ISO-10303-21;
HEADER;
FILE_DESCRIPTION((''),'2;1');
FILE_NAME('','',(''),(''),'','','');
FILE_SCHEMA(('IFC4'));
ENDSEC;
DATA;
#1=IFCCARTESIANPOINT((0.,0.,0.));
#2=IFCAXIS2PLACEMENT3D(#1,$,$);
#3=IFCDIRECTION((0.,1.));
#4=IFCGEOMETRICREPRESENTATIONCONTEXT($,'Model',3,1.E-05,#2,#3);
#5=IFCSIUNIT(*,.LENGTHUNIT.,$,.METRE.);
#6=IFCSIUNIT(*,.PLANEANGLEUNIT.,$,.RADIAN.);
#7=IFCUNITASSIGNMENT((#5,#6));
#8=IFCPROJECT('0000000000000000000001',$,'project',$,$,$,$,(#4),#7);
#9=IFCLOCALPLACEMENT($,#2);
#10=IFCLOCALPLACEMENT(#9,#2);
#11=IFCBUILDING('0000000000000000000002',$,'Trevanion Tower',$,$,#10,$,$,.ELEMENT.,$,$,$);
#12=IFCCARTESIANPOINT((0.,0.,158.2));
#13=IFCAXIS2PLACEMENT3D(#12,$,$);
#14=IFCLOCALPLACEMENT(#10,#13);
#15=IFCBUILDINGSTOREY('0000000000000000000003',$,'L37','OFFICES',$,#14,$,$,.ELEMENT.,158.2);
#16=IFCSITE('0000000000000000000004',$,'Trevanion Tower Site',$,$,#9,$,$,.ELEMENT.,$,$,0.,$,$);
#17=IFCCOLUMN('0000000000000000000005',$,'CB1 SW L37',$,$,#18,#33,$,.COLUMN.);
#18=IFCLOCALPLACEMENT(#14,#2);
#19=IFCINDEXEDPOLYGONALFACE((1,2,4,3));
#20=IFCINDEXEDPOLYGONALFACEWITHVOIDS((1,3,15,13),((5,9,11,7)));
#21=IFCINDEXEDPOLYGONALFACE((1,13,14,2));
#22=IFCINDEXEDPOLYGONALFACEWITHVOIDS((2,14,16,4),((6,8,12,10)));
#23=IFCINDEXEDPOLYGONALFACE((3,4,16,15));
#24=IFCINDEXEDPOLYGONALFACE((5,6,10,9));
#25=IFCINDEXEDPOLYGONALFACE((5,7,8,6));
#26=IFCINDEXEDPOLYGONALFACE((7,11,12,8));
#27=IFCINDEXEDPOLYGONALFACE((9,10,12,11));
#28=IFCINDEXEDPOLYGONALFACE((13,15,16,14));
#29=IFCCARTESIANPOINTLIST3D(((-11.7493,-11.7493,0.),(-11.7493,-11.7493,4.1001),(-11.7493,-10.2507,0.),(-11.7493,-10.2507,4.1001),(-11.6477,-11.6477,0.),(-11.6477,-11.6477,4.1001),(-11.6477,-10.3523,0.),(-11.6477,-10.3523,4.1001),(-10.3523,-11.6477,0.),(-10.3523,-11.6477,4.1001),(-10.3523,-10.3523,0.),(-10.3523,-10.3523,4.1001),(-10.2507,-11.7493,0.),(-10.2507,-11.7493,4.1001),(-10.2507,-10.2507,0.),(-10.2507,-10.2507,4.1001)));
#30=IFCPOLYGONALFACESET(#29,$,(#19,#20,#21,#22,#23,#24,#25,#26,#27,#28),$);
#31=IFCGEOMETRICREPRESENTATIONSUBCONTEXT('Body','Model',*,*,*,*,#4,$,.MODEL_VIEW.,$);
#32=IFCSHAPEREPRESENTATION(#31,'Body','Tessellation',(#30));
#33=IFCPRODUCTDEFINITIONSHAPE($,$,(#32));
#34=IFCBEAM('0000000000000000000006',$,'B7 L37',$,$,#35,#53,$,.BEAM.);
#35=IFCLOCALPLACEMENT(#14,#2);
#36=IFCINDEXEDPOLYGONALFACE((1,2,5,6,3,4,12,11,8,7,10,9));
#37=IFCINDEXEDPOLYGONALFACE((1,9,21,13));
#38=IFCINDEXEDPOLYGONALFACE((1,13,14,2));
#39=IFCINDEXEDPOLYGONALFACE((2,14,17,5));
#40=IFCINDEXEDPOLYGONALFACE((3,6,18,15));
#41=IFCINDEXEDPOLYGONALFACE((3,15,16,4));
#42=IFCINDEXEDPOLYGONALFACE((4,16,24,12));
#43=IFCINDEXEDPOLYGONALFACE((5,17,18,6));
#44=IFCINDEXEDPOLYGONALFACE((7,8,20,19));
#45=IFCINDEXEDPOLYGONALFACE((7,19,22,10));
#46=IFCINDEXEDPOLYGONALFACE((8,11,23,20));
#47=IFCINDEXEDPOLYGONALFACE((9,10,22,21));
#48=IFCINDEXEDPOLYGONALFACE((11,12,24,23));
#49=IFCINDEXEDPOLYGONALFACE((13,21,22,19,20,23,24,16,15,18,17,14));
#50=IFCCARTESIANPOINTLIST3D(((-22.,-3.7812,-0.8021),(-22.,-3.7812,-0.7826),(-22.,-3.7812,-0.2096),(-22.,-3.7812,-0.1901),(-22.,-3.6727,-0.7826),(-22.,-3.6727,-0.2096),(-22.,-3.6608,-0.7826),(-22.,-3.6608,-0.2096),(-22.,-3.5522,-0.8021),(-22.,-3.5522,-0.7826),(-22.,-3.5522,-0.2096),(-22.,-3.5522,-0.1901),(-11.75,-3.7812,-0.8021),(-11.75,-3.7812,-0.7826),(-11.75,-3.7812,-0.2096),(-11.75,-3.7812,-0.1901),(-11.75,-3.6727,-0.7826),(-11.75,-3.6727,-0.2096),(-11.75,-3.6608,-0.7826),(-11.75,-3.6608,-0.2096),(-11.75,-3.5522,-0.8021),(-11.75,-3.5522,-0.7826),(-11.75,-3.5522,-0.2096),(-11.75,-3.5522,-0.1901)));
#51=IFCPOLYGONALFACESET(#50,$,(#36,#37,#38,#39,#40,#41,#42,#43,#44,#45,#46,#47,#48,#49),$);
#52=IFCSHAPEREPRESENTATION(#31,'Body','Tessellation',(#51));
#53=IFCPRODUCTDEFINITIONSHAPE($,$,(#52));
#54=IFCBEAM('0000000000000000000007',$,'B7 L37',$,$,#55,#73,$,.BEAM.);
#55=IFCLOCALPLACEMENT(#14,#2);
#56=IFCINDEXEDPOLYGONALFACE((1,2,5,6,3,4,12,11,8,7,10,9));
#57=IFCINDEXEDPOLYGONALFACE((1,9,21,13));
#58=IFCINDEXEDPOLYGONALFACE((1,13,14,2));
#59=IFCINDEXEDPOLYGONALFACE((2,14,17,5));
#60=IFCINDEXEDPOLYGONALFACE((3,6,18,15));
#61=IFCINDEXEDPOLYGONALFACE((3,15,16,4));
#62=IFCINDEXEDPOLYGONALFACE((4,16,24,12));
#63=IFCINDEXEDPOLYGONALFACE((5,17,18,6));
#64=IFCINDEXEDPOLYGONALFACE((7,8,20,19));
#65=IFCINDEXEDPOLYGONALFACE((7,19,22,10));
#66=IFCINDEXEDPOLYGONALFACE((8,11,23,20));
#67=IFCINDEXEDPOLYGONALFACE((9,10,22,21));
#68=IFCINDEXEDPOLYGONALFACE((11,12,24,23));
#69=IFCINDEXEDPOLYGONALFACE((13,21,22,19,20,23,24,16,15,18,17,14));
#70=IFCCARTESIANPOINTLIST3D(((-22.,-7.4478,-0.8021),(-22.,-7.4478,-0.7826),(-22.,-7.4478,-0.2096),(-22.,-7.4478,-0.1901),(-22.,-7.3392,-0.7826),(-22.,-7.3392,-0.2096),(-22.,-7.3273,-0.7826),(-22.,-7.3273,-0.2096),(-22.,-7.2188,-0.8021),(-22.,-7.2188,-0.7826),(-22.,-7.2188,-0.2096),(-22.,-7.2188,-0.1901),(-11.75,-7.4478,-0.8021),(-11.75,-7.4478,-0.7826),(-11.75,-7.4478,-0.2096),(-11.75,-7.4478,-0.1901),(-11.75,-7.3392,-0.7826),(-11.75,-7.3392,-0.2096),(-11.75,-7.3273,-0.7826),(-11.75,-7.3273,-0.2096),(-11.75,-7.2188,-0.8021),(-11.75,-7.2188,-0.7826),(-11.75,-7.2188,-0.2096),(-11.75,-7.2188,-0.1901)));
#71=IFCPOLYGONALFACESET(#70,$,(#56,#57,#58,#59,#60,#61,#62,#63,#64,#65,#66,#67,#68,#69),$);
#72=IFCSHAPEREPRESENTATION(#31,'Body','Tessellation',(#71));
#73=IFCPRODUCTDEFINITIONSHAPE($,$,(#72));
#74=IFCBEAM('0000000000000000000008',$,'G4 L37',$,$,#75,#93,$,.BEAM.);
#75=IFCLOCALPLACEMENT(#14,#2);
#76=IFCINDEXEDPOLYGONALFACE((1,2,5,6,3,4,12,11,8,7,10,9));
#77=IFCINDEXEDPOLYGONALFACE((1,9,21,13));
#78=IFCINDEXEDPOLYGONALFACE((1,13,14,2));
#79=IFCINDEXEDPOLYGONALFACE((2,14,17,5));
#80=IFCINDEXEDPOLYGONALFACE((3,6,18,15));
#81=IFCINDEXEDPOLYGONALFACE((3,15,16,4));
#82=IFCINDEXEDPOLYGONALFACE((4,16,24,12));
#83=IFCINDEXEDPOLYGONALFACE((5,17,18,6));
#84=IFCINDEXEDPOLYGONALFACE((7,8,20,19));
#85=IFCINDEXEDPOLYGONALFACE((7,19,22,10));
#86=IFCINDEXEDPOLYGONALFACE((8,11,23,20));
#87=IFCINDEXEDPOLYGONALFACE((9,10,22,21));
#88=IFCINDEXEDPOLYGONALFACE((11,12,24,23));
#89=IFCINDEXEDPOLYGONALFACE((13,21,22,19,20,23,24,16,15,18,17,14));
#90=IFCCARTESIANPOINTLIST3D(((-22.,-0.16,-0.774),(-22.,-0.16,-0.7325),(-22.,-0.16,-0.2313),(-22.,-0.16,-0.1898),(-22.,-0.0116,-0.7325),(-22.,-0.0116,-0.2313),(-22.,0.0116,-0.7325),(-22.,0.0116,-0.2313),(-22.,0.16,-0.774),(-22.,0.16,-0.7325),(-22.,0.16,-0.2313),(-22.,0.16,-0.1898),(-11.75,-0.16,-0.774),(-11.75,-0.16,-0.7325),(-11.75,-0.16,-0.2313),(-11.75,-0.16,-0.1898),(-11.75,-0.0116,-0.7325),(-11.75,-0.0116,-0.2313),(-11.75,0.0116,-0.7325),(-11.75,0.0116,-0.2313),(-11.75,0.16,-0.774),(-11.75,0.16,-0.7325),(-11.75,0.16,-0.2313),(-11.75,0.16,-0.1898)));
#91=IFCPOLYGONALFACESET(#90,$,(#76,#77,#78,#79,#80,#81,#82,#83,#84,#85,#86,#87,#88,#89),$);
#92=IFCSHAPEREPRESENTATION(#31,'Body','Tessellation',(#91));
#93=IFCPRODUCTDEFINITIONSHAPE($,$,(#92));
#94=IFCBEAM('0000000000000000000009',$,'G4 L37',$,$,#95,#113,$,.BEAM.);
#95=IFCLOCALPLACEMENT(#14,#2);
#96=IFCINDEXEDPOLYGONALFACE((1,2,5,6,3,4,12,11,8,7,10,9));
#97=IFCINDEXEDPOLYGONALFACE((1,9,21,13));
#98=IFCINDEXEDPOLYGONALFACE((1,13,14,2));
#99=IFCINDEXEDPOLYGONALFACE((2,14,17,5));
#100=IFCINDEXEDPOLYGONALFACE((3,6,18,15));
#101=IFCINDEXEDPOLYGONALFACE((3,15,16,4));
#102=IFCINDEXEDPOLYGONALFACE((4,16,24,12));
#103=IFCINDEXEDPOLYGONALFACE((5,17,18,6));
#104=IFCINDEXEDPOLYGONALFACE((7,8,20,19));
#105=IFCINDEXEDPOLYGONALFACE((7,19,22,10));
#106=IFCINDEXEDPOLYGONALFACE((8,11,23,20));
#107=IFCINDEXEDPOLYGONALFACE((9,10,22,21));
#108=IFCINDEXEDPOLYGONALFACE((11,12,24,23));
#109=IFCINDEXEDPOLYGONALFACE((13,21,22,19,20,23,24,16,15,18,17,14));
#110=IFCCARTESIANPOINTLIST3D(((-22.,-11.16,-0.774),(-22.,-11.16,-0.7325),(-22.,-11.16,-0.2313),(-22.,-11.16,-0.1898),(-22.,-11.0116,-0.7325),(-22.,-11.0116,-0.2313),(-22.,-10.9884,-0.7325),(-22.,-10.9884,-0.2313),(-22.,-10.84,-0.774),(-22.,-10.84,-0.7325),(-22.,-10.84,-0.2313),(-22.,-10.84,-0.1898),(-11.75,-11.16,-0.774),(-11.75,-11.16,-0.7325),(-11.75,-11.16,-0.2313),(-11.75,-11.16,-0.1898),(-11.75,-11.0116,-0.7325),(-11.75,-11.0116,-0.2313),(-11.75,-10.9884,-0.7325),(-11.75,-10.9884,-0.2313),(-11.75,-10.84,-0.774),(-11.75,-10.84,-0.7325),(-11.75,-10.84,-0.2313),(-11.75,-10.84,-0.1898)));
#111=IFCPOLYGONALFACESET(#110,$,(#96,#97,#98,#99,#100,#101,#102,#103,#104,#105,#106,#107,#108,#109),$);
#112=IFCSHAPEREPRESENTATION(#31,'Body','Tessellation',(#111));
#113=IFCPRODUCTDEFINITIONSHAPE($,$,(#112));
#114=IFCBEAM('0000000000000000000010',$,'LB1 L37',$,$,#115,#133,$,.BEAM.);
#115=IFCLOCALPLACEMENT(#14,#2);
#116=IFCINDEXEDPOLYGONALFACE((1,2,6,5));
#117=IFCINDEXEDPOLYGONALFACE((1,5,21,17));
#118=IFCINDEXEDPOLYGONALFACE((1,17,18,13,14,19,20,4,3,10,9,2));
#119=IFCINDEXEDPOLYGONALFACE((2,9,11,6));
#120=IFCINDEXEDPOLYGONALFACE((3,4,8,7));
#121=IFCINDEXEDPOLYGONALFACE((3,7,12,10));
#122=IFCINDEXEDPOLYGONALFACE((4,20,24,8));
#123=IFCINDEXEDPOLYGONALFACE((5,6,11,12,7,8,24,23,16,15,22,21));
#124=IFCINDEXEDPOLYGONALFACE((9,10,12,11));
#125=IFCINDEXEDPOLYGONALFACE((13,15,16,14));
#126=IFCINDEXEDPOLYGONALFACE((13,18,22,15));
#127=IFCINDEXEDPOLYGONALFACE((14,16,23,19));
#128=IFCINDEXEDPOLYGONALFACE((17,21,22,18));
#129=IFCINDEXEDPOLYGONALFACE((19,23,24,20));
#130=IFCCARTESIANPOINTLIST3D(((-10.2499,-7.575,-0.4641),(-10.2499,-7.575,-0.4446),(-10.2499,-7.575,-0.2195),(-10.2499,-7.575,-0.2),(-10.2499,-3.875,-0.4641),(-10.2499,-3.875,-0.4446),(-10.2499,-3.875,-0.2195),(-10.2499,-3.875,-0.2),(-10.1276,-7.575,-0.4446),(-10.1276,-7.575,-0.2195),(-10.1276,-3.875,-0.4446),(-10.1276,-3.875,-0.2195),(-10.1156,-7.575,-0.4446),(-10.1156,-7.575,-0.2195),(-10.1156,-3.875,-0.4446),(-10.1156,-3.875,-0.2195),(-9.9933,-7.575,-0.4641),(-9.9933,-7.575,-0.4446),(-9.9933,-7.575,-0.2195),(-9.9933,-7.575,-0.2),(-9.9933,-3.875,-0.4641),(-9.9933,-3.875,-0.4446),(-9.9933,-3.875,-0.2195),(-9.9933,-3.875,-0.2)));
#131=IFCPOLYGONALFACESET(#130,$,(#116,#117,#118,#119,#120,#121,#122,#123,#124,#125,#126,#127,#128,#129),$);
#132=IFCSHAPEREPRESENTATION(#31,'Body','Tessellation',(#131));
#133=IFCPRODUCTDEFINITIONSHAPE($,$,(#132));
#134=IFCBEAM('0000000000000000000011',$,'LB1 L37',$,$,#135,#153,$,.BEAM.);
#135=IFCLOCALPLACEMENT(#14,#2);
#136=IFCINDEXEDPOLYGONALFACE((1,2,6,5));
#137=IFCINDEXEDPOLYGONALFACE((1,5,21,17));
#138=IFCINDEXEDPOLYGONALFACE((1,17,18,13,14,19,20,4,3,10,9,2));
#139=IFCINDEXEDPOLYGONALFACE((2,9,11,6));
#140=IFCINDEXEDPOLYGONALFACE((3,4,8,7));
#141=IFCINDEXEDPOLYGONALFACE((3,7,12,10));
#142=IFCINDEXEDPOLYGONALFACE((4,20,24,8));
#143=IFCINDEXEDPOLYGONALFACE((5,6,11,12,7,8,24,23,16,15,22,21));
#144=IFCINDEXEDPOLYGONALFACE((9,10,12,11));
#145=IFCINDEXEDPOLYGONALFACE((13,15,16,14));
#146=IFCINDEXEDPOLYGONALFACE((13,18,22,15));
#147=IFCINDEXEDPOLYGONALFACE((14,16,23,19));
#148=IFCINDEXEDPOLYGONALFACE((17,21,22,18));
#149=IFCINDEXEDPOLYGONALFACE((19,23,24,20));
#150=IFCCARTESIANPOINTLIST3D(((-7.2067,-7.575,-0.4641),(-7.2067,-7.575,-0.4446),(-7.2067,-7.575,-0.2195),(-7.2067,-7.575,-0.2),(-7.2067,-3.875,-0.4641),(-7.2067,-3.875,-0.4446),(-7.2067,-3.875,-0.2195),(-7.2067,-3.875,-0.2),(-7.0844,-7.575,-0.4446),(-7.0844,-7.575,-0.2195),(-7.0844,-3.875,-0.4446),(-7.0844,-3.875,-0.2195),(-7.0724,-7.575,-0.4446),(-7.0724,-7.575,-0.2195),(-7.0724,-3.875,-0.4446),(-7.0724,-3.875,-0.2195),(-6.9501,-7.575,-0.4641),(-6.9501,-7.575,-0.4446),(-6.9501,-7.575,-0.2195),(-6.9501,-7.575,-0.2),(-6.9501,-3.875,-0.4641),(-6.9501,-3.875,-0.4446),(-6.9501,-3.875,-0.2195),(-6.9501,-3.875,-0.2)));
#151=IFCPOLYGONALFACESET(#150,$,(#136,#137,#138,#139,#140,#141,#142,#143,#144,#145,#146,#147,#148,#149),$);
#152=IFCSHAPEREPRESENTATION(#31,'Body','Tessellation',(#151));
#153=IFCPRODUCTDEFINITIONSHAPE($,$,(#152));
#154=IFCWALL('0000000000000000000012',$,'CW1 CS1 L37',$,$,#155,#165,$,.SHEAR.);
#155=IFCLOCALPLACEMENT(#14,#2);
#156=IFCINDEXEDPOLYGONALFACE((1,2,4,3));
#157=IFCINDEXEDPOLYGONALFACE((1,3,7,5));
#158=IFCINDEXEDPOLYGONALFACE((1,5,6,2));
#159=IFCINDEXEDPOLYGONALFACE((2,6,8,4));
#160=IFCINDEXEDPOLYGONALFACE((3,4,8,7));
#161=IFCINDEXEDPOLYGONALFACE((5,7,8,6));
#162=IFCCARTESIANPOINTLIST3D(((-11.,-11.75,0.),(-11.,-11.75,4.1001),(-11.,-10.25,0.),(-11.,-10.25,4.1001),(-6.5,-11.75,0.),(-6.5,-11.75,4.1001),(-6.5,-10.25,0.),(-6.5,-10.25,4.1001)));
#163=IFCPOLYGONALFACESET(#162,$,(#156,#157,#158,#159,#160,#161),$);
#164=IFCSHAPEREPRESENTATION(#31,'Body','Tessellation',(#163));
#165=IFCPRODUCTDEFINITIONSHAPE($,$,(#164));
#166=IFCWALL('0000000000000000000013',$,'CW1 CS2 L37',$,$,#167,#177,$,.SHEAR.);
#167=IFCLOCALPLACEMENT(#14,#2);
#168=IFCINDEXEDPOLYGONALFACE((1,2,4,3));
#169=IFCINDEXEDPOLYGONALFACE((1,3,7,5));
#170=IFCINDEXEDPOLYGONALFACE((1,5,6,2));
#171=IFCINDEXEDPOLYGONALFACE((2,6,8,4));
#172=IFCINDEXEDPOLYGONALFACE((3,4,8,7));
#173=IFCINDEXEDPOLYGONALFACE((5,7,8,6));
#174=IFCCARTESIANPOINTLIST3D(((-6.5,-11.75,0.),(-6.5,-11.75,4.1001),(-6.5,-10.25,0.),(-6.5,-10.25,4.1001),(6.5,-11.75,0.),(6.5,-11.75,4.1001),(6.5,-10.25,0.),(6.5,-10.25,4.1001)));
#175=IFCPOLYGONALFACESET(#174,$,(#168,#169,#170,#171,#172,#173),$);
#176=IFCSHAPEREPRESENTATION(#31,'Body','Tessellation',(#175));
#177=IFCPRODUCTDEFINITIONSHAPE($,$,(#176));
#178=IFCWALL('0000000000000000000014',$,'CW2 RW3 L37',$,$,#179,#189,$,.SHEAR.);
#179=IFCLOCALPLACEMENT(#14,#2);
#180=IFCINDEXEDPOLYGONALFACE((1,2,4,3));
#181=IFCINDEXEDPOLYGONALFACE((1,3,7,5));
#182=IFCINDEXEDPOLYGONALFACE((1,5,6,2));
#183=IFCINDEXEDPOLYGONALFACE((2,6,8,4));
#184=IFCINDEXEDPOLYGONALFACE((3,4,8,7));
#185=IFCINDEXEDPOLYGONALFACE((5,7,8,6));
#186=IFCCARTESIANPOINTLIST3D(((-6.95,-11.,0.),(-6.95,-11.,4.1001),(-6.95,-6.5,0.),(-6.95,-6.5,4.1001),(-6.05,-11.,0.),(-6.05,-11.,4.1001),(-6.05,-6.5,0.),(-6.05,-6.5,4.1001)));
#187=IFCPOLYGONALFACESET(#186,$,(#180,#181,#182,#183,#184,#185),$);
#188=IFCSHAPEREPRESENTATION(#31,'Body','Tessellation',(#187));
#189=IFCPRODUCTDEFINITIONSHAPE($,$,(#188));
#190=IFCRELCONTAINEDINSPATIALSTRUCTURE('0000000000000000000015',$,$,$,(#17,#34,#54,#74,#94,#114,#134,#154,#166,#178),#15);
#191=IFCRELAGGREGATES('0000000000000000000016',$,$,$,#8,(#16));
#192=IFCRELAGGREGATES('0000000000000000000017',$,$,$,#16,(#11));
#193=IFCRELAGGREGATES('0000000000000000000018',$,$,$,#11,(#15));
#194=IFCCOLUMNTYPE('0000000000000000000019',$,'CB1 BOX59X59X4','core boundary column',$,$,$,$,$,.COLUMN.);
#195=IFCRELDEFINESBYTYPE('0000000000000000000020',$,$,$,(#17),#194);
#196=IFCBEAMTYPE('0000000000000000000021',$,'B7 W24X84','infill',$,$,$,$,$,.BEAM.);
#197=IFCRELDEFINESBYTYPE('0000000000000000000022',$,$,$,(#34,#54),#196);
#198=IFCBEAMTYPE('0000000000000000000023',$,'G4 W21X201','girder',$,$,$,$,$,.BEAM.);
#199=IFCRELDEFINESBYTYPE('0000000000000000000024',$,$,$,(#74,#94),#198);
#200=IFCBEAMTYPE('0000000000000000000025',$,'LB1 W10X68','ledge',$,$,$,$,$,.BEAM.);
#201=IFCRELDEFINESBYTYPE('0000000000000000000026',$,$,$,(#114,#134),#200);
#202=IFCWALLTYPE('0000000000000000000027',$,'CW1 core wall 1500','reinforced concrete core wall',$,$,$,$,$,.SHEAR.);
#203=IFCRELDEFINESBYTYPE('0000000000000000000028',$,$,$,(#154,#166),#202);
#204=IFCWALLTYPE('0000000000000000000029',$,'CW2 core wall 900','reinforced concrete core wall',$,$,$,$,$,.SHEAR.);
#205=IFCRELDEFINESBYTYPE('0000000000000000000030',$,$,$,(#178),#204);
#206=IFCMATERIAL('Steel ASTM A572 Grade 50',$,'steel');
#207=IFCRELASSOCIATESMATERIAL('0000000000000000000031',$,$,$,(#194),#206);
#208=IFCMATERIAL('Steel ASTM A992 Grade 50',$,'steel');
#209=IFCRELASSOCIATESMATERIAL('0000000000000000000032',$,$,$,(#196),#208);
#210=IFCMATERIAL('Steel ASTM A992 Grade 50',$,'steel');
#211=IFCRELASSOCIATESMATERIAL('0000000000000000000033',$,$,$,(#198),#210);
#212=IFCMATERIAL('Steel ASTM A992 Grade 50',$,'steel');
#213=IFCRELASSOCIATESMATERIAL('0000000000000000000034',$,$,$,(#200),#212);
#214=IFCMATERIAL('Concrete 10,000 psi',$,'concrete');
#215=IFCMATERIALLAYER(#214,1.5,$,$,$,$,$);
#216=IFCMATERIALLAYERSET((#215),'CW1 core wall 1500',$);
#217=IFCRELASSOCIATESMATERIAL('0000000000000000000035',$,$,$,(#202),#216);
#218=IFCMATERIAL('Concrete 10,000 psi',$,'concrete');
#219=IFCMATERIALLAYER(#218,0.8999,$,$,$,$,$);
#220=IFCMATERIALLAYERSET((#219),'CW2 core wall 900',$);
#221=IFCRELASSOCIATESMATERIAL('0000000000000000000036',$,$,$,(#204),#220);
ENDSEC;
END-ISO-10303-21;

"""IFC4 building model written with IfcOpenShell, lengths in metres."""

from ifc_helpers import new_model, si_unit, direction, frame, frame_2d, origin, origin_2d, place, context, subcontext, project, spatial, rectangle, hollow_rectangle, i_section, extrude, material, layer, layer_set, material_profile, profile_set, type_object, element, save


model = new_model("IFC4")

# Units and contexts
model_context = context("Model", 3, precision=1e-05, world=origin(), true_north=direction((0.0, 1.0)))
body_context = subcontext(model_context, "Body", "Model", "MODEL_VIEW")
ifc_project = project(units=[si_unit("LENGTHUNIT", "METRE"), si_unit("PLANEANGLEUNIT", "RADIAN")], contexts=[model_context])

# Site, building, storey
site_placement = place(None, origin())
site = spatial("IfcSite", under=ifc_project, at=site_placement, Name="Trevanion Tower Site", CompositionType="ELEMENT", RefElevation=0.0)
building_placement = place(site_placement, origin())
building = spatial("IfcBuilding", under=site, at=building_placement, Name="Trevanion Tower", CompositionType="ELEMENT")
storey_placement = place(building_placement, frame((0.0, 0.0, 158.2)))
storey = spatial("IfcBuildingStorey", under=building, at=storey_placement, Name="L37", Description="OFFICES", CompositionType="ELEMENT", Elevation=158.2)

# Column
ifc_material_1 = material(Name="Steel ASTM A572 Grade 50", Category="steel")
ifc_material_profile_1 = material_profile(ifc_material_1, hollow_rectangle(XDim=1.4985, YDim=1.4985, WallThickness=0.1016, at=origin_2d()), Name="BOX59X59X4")
ifc_profile_set_1 = profile_set([ifc_material_profile_1], Name="Steel ASTM A572 Grade 50")
column_type = type_object("IfcColumnType", Name="CB1 BOX59X59X4", Description="core boundary column", PredefinedType="COLUMN", material=ifc_profile_set_1)
column_placement = place(storey_placement, frame((-11.0, -11.0, 0.0), z_axis=(0.0, 0.0, 1.0), x_axis=(1.0, 0.0, 0.0)))
element("IfcColumn", 1, at=column_placement, inside=storey, type_object=column_type, Name="CB1 SW L37", PredefinedType="COLUMN", context=body_context, shape_type="SweptSolid", body=[
    extrude(hollow_rectangle(XDim=1.4985, YDim=1.4985, WallThickness=0.1016, at=origin_2d()), origin(), (0.0, 0.0, 1.0), 4.1001),
])

# Beams
ifc_material_2 = material(Name="Steel ASTM A992 Grade 50", Category="steel")
ifc_material_profile_2 = material_profile(ifc_material_2, i_section(OverallWidth=0.229, OverallDepth=0.6121, WebThickness=0.012, FlangeThickness=0.0195, at=origin_2d()), Name="W24X84")
ifc_profile_set_2 = profile_set([ifc_material_profile_2], Name="Steel ASTM A992 Grade 50")
beam_type_1 = type_object("IfcBeamType", Name="B7 W24X84", Description="infill", PredefinedType="BEAM", material=ifc_profile_set_2)
for number, where, z_axis, x_axis, name in (
    (2, (-11.75, -3.6667, -0.4961), (-1.0, 0.0, 0.0), (0.0, -1.0, 0.0), "B7 L37"),
    (3, (-11.75, -7.3333, -0.4961), (-1.0, 0.0, 0.0), (0.0, -1.0, 0.0), "B7 L37"),
):
    element("IfcBeam", number, at=place(storey_placement, frame(where, z_axis=z_axis, x_axis=x_axis)), inside=storey, type_object=beam_type_1, Name=name, PredefinedType="BEAM", context=body_context, shape_type="SweptSolid", body=[
        extrude(i_section(OverallWidth=0.229, OverallDepth=0.6121, WebThickness=0.012, FlangeThickness=0.0195, at=origin_2d()), origin(), (0.0, 0.0, 1.0), 10.25),
    ])
ifc_material_3 = material(Name="Steel ASTM A992 Grade 50", Category="steel")
ifc_material_profile_3 = material_profile(ifc_material_3, i_section(OverallWidth=0.3201, OverallDepth=0.5842, WebThickness=0.0232, FlangeThickness=0.0415, at=origin_2d()), Name="W21X201")
ifc_profile_set_3 = profile_set([ifc_material_profile_3], Name="Steel ASTM A992 Grade 50")
beam_type_2 = type_object("IfcBeamType", Name="G4 W21X201", Description="girder", PredefinedType="BEAM", material=ifc_profile_set_3)
for number, where, z_axis, x_axis, name in (
    (4, (-11.75, 0.0, -0.4819), (-1.0, 0.0, 0.0), (0.0, -1.0, 0.0), "G4 L37"),
    (5, (-11.75, -11.0, -0.4819), (-1.0, 0.0, 0.0), (0.0, -1.0, 0.0), "G4 L37"),
):
    element("IfcBeam", number, at=place(storey_placement, frame(where, z_axis=z_axis, x_axis=x_axis)), inside=storey, type_object=beam_type_2, Name=name, PredefinedType="BEAM", context=body_context, shape_type="SweptSolid", body=[
        extrude(i_section(OverallWidth=0.3201, OverallDepth=0.5842, WebThickness=0.0232, FlangeThickness=0.0415, at=origin_2d()), origin(), (0.0, 0.0, 1.0), 10.25),
    ])
ifc_material_4 = material(Name="Steel ASTM A992 Grade 50", Category="steel")
ifc_material_profile_4 = material_profile(ifc_material_4, i_section(OverallWidth=0.2566, OverallDepth=0.2642, WebThickness=0.012, FlangeThickness=0.0195, at=origin_2d()), Name="W10X68")
ifc_profile_set_4 = profile_set([ifc_material_profile_4], Name="Steel ASTM A992 Grade 50")
beam_type_3 = type_object("IfcBeamType", Name="LB1 W10X68", Description="ledge", PredefinedType="BEAM", material=ifc_profile_set_4)
for number, where, z_axis, x_axis, name in (
    (6, (-10.1216, -7.575, -0.332), (0.0, 1.0, 0.0), (-1.0, 0.0, 0.0), "LB1 L37"),
    (7, (-7.0784, -7.575, -0.332), (0.0, 1.0, 0.0), (-1.0, 0.0, 0.0), "LB1 L37"),
):
    element("IfcBeam", number, at=place(storey_placement, frame(where, z_axis=z_axis, x_axis=x_axis)), inside=storey, type_object=beam_type_3, Name=name, PredefinedType="BEAM", context=body_context, shape_type="SweptSolid", body=[
        extrude(i_section(OverallWidth=0.2566, OverallDepth=0.2642, WebThickness=0.012, FlangeThickness=0.0195, at=origin_2d()), origin(), (0.0, 0.0, 1.0), 3.7),
    ])

# Walls
ifc_material_5 = material(Name="Concrete 10,000 psi", Category="concrete")
ifc_layer_1 = layer(ifc_material_5, 1.5)
ifc_layer_set_1 = layer_set([ifc_layer_1], Name="CW1 core wall 1500")
wall_type_1 = type_object("IfcWallType", Name="CW1 core wall 1500", Description="reinforced concrete core wall", PredefinedType="SHEAR", material=ifc_layer_set_1)
wall_1_placement = place(storey_placement, frame((-11.0, -11.0, 0.0), z_axis=(0.0, 0.0, 1.0), x_axis=(1.0, 0.0, 0.0)))
element("IfcWall", 8, at=wall_1_placement, inside=storey, type_object=wall_type_1, Name="CW1 CS1 L37", PredefinedType="SHEAR", context=body_context, shape_type="SweptSolid", body=[
    extrude(rectangle(XDim=4.5, YDim=1.5, at=frame_2d((2.25, 0.0))), origin(), (0.0, 0.0, 1.0), 4.1001),
])
wall_2_placement = place(storey_placement, frame((-6.5, -11.0, 0.0), z_axis=(0.0, 0.0, 1.0), x_axis=(1.0, 0.0, 0.0)))
element("IfcWall", 9, at=wall_2_placement, inside=storey, type_object=wall_type_1, Name="CW1 CS2 L37", PredefinedType="SHEAR", context=body_context, shape_type="SweptSolid", body=[
    extrude(rectangle(XDim=13.0, YDim=1.5, at=frame_2d((6.5, 0.0))), origin(), (0.0, 0.0, 1.0), 4.1001),
])
ifc_material_6 = material(Name="Concrete 10,000 psi", Category="concrete")
ifc_layer_2 = layer(ifc_material_6, 0.8999)
ifc_layer_set_2 = layer_set([ifc_layer_2], Name="CW2 core wall 900")
wall_type_2 = type_object("IfcWallType", Name="CW2 core wall 900", Description="reinforced concrete core wall", PredefinedType="SHEAR", material=ifc_layer_set_2)
wall_3_placement = place(storey_placement, frame((-6.5, -6.5, 0.0), z_axis=(0.0, 0.0, 1.0), x_axis=(0.0, -1.0, 0.0)))
element("IfcWall", 10, at=wall_3_placement, inside=storey, type_object=wall_type_2, Name="CW2 RW3 L37", PredefinedType="SHEAR", context=body_context, shape_type="SweptSolid", body=[
    extrude(rectangle(XDim=4.5, YDim=0.8999, at=frame_2d((2.25, 0.0))), origin(), (0.0, 0.0, 1.0), 4.1001),
])

save(model, "model.ifc")
